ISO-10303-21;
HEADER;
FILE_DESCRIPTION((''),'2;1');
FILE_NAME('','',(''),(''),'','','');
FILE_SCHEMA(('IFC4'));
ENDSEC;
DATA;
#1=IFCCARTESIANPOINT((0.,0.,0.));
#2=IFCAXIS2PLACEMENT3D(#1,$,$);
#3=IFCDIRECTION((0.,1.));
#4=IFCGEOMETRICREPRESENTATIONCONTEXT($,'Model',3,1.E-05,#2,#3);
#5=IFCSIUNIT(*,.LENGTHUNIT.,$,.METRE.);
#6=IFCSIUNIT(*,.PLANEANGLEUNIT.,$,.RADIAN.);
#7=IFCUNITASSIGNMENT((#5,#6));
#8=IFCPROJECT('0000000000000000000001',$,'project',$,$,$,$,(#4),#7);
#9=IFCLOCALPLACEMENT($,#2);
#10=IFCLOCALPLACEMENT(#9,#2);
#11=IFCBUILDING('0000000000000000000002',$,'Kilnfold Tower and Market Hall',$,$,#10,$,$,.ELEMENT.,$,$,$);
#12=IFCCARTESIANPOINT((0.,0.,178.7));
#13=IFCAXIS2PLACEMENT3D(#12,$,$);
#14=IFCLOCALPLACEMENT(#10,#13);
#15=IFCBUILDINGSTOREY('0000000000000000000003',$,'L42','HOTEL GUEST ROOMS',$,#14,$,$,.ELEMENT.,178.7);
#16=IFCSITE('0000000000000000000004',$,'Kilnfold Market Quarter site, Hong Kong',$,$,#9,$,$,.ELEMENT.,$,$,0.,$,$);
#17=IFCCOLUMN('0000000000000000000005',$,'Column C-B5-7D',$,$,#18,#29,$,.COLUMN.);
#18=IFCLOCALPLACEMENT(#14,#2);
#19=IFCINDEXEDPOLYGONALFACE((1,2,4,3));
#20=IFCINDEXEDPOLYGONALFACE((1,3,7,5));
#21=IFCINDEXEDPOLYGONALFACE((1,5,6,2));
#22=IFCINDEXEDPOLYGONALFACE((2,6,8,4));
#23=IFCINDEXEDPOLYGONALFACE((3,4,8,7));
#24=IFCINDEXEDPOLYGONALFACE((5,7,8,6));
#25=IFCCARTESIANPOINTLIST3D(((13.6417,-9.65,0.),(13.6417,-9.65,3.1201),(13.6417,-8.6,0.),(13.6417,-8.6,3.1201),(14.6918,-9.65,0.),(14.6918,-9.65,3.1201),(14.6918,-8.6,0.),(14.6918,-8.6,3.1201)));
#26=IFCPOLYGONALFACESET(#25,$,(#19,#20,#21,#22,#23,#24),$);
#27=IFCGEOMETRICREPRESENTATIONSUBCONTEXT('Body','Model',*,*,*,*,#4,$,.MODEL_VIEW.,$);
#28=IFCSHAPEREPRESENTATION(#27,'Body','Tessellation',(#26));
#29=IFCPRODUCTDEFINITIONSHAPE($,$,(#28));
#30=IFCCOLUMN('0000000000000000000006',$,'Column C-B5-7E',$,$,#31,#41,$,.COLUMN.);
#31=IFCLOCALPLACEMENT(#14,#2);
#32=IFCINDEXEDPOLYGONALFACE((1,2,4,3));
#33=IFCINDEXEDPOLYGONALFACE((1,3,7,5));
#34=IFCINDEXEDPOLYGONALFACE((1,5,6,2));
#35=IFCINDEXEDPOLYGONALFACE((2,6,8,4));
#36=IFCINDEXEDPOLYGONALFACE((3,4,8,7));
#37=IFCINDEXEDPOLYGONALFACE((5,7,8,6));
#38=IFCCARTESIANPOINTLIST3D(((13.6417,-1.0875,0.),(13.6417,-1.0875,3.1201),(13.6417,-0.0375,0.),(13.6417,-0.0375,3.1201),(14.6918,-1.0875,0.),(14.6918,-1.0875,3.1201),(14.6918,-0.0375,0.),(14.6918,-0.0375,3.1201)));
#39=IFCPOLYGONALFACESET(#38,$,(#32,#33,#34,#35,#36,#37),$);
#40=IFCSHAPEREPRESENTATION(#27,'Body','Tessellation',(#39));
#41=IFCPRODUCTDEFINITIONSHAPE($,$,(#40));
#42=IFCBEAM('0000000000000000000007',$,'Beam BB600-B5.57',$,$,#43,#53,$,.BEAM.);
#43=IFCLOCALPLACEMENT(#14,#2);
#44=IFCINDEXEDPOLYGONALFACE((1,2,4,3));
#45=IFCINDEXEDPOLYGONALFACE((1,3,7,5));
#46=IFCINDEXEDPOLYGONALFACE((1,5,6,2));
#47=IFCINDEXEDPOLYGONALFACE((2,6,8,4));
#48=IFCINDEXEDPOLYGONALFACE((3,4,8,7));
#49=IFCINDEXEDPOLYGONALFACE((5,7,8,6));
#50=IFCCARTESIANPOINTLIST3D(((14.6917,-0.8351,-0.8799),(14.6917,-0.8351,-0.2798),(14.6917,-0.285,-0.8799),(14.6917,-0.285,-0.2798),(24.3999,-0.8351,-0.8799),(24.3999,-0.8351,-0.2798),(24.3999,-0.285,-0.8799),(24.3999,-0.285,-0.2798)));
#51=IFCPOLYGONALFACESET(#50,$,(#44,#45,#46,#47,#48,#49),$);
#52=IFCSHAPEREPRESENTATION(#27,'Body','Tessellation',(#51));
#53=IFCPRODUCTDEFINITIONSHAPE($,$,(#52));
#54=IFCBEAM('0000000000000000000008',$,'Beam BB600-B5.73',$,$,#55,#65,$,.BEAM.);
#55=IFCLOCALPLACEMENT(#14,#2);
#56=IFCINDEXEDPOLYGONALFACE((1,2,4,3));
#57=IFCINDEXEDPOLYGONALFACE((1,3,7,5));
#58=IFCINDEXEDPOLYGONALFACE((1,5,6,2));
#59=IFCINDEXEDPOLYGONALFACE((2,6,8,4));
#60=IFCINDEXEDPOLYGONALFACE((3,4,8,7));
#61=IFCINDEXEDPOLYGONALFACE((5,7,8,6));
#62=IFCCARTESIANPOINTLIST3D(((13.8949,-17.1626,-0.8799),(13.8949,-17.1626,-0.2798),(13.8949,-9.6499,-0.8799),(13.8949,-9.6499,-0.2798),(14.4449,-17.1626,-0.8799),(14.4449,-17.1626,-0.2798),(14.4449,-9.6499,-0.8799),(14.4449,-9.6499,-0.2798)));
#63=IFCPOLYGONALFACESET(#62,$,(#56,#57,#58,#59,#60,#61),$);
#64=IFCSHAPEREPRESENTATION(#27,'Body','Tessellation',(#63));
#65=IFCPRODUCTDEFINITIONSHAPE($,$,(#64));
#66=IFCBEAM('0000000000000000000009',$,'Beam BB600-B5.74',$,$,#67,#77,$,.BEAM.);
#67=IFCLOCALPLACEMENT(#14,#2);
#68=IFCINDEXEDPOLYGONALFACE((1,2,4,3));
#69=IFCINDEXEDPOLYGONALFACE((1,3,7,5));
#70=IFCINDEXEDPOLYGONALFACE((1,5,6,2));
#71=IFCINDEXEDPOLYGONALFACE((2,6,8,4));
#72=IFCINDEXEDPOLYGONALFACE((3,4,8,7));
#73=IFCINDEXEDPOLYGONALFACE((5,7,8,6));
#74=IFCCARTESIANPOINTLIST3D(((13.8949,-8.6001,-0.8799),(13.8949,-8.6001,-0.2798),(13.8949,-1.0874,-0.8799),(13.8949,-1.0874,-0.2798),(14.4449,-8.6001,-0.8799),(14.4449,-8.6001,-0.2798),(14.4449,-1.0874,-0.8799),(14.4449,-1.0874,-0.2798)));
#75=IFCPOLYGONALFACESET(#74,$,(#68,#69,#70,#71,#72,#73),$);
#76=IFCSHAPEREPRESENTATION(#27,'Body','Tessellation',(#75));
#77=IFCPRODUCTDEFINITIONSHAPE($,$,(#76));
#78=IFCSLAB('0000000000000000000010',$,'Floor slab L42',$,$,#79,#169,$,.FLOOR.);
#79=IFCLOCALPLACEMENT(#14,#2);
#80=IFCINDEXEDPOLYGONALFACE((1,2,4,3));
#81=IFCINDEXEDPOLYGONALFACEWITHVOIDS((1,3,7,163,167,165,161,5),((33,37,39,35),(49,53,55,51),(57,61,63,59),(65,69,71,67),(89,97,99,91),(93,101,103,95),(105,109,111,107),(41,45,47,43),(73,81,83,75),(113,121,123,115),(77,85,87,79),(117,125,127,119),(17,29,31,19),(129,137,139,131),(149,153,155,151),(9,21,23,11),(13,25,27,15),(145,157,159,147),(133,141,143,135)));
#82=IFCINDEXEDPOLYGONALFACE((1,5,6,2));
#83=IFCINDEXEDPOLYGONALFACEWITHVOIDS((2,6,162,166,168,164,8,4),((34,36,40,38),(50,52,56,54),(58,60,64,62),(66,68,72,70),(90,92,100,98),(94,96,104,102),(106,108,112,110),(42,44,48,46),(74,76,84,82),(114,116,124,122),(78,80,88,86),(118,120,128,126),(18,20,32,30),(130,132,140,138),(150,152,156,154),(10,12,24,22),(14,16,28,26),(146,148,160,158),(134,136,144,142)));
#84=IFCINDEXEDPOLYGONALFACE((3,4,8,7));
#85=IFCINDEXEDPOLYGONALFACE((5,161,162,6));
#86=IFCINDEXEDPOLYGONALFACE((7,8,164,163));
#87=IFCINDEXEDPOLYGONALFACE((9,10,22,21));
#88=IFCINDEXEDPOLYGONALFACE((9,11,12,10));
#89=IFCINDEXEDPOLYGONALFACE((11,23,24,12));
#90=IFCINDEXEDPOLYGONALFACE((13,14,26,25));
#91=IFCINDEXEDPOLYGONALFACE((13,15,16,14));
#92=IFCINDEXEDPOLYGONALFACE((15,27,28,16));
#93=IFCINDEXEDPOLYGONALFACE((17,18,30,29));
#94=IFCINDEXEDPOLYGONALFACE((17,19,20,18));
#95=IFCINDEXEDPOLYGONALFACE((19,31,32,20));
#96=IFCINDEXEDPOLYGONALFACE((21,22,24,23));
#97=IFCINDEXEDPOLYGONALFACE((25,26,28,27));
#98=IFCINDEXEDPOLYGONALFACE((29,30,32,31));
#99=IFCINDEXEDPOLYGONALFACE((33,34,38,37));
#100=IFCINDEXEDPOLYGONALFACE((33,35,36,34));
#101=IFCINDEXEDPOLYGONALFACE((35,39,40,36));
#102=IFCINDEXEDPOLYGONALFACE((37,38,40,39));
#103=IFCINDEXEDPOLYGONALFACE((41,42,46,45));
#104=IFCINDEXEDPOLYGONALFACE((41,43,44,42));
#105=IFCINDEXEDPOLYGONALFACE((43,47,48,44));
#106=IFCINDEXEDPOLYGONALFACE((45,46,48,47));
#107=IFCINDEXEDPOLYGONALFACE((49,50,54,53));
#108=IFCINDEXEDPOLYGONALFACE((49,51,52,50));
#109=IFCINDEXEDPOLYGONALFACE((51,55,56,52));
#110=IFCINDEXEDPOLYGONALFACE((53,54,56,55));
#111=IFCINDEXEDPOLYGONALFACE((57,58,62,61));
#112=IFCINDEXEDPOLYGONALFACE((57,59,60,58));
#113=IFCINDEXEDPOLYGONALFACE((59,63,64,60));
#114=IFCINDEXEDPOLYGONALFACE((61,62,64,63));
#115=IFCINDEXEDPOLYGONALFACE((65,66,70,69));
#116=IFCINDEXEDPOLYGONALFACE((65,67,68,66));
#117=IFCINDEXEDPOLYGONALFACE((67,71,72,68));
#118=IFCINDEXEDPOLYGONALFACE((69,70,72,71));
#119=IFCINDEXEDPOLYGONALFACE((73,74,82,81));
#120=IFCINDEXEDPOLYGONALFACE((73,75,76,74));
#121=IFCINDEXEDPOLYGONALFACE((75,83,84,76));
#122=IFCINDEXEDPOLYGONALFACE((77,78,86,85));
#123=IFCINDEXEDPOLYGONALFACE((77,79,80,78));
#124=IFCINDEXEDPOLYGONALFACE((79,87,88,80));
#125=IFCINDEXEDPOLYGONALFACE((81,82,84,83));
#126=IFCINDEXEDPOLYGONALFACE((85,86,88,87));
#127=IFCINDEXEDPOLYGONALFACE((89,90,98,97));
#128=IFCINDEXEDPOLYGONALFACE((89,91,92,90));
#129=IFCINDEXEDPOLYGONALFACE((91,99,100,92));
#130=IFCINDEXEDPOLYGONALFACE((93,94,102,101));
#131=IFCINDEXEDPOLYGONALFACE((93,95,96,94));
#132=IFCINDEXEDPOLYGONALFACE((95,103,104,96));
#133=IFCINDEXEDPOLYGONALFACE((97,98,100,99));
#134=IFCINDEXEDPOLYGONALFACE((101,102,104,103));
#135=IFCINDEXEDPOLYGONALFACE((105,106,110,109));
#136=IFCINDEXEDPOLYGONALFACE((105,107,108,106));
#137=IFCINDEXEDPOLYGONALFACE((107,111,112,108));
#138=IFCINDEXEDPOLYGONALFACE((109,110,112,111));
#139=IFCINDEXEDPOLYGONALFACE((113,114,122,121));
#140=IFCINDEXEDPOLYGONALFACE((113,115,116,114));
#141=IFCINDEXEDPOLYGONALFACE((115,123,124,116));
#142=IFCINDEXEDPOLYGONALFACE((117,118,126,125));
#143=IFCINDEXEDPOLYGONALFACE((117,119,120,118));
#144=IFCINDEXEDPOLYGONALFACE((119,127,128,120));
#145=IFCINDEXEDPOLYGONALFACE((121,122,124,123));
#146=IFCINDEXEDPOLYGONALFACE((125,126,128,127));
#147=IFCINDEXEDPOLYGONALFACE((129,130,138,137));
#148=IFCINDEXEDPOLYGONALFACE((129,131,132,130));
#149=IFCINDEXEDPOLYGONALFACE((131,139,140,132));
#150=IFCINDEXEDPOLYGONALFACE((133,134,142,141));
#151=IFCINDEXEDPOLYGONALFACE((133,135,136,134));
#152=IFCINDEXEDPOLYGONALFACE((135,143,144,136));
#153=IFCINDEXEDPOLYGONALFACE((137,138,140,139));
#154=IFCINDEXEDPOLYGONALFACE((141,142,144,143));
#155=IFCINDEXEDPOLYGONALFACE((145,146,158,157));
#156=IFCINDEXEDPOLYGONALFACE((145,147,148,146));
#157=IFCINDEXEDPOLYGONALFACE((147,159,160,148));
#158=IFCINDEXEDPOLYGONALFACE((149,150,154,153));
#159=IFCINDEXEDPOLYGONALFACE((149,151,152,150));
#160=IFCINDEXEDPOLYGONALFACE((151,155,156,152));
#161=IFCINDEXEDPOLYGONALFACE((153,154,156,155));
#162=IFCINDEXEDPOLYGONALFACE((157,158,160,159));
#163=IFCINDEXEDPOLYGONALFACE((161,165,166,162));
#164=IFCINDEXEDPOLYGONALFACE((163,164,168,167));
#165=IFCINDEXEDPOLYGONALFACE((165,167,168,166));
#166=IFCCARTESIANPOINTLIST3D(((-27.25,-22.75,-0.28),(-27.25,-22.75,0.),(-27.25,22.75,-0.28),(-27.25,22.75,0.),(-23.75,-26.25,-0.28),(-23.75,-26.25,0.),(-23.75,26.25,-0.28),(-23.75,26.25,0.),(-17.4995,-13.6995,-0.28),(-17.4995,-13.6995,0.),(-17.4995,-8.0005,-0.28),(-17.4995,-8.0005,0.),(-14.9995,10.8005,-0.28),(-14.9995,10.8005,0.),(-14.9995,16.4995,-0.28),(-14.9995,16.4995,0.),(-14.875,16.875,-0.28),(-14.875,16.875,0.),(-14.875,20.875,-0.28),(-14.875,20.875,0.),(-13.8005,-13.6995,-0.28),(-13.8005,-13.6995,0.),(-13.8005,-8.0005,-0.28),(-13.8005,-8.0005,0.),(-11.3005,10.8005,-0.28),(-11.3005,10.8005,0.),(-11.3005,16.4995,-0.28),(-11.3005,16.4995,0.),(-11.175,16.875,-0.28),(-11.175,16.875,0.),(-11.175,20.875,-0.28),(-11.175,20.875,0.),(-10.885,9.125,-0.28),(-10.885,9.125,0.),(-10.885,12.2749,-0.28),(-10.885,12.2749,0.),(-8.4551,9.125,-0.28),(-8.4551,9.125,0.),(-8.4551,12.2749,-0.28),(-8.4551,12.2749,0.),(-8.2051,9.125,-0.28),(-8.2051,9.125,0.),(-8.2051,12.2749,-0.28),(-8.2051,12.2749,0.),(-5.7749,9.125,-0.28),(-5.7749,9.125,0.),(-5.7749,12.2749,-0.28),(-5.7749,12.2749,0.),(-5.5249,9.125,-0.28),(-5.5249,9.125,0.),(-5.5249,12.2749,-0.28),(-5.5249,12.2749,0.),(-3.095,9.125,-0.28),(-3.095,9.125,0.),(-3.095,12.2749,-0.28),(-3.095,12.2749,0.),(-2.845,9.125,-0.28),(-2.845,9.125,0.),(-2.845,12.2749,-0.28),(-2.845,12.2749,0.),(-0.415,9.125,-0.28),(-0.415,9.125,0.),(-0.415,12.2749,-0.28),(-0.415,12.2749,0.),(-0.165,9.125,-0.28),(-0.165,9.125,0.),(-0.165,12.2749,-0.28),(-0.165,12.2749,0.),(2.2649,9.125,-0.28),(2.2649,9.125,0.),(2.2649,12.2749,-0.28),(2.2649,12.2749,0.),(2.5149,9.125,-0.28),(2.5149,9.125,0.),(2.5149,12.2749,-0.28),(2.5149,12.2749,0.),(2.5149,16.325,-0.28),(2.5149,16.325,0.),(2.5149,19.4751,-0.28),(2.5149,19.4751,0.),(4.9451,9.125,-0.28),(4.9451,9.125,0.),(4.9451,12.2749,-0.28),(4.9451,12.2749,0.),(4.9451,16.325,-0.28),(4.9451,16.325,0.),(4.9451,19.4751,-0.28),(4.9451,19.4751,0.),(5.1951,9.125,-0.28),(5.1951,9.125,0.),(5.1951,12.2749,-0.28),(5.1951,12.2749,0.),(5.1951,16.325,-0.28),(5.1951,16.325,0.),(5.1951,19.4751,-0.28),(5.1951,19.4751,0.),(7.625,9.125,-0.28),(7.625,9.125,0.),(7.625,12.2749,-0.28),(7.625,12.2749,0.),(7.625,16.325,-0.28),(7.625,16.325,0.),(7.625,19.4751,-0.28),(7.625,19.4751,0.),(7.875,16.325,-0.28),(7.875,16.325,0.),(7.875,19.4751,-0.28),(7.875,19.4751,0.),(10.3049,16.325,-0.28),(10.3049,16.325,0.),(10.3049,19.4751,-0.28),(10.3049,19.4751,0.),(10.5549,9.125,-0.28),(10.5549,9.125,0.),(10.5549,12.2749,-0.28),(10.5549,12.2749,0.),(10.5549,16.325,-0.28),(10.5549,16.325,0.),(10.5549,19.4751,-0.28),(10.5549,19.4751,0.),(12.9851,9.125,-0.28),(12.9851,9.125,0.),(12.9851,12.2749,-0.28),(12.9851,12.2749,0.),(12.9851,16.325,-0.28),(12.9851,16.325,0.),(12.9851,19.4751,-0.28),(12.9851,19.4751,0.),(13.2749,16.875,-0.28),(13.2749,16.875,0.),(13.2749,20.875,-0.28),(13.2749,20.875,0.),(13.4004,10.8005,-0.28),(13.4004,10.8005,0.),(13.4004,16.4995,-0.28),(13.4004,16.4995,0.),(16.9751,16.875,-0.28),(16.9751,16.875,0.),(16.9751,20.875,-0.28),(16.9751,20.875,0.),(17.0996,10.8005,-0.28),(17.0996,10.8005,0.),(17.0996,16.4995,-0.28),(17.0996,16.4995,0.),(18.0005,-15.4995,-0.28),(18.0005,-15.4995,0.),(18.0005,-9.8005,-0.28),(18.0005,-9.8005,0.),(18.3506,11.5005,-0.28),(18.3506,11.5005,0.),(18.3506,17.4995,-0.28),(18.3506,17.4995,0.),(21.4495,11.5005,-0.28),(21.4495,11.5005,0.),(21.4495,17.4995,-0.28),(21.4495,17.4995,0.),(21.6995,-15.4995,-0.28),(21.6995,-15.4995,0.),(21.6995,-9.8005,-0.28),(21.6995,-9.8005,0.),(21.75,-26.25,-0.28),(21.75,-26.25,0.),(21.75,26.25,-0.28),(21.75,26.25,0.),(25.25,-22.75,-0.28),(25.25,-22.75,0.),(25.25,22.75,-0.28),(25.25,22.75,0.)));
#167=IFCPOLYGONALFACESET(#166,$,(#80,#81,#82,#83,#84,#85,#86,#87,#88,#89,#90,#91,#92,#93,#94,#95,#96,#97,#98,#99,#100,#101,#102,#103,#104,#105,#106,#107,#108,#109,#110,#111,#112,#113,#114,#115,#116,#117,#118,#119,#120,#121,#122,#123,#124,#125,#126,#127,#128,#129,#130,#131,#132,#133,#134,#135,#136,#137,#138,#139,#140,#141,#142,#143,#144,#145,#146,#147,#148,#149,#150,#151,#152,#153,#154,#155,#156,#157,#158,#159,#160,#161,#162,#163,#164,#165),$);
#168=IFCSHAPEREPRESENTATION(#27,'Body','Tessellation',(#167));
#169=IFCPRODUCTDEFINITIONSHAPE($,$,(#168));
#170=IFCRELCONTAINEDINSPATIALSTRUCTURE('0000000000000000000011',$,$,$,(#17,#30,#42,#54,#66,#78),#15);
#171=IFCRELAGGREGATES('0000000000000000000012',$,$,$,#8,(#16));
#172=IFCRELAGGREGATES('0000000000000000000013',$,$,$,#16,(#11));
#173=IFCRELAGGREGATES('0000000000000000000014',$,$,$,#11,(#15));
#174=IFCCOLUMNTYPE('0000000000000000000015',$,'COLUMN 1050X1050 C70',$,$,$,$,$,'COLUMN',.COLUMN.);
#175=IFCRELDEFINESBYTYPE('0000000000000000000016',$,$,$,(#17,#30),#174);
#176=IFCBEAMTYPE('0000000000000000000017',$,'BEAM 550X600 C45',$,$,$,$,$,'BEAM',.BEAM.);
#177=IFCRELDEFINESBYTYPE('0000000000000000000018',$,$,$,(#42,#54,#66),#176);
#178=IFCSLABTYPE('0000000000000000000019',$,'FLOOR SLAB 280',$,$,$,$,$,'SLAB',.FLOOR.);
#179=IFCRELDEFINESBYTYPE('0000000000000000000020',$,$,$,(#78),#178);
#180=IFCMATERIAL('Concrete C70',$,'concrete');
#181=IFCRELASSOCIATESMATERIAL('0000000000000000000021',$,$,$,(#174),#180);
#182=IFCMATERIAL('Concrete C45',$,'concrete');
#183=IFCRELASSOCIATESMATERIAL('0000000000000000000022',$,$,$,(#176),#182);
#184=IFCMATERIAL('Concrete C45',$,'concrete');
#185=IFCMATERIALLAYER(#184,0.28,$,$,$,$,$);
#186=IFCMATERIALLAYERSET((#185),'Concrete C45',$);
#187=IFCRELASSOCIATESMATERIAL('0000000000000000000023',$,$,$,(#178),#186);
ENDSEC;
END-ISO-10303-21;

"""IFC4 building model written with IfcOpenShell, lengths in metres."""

from ifc_helpers import new_model, si_unit, direction, frame, origin, origin_2d, place, context, subcontext, project, spatial, polyline, rectangle, outline, extrude, source, transform, mapped, material, layer, layer_set, material_profile, profile_set, type_object, element, save


model = new_model("IFC4")

# Units and contexts
model_context = context("Model", 3, precision=1e-05, world=origin(), true_north=direction((0.0, 1.0)))
body_context = subcontext(model_context, "Body", "Model", "MODEL_VIEW")
ifc_project = project(units=[si_unit("LENGTHUNIT", "METRE"), si_unit("PLANEANGLEUNIT", "RADIAN")], contexts=[model_context])

# Site, building, storey
site_placement = place(None, origin())
site = spatial("IfcSite", under=ifc_project, at=site_placement, Name="Kilnfold Market Quarter site, Hong Kong", CompositionType="ELEMENT", RefElevation=0.0)
building_placement = place(site_placement, origin())
building = spatial("IfcBuilding", under=site, at=building_placement, Name="Kilnfold Tower and Market Hall", CompositionType="ELEMENT")
storey_placement = place(building_placement, frame((0.0, 0.0, 178.7)))
storey = spatial("IfcBuildingStorey", under=building, at=storey_placement, Name="L42", Description="HOTEL GUEST ROOMS", CompositionType="ELEMENT", Elevation=178.7)

# Columns
ifc_material_1 = material(Name="Concrete C70", Category="concrete")
ifc_material_profile_1 = material_profile(ifc_material_1, rectangle(XDim=1.05, YDim=1.05, at=origin_2d()), Name="RC 1050x1050")
ifc_profile_set_1 = profile_set([ifc_material_profile_1], Name="Concrete C70")
column_type = type_object("IfcColumnType", Name="COLUMN 1050X1050 C70", ElementType="COLUMN", PredefinedType="COLUMN", material=ifc_profile_set_1)
shared_shape_1 = source(origin(), body_context, "Body", "SweptSolid", [
    extrude(rectangle(XDim=1.05, YDim=1.05, at=origin_2d()), origin(), (0.0, 0.0, 1.0), 3.1201),
])
for number, where, z_axis, x_axis, name in (
    (1, (14.1667, -9.125, 0.0), (0.0, 0.0, 1.0), (1.0, 0.0, 0.0), "Column C-B5-7D"),
    (2, (14.1667, -0.5625, 0.0), (0.0, 0.0, 1.0), (1.0, 0.0, 0.0), "Column C-B5-7E"),
):
    element("IfcColumn", number, at=place(storey_placement, frame(where, z_axis=z_axis, x_axis=x_axis)), inside=storey, type_object=column_type, Name=name, PredefinedType="COLUMN", context=body_context, shape_type="MappedRepresentation", body=[
        mapped(shared_shape_1, transform((0.0, 0.0, 0.0))),
    ])

# Beams
ifc_material_2 = material(Name="Concrete C45", Category="concrete")
ifc_material_profile_2 = material_profile(ifc_material_2, rectangle(XDim=0.55, YDim=0.6001, at=origin_2d()), Name="RC 550x600")
ifc_profile_set_2 = profile_set([ifc_material_profile_2], Name="Concrete C45")
beam_type = type_object("IfcBeamType", Name="BEAM 550X600 C45", ElementType="BEAM", PredefinedType="BEAM", material=ifc_profile_set_2)
shared_shape_2 = source(origin(), body_context, "Body", "SweptSolid", [
    extrude(rectangle(XDim=0.55, YDim=0.6001, at=origin_2d()), origin(), (0.0, 0.0, 1.0), 9.7083),
])
beam_placement = place(storey_placement, frame((14.6917, -0.5601, -0.5798), z_axis=(1.0, 0.0, 0.0), x_axis=(0.0, 1.0, 0.0)))
element("IfcBeam", 3, at=beam_placement, inside=storey, type_object=beam_type, Name="Beam BB600-B5.57", PredefinedType="BEAM", context=body_context, shape_type="MappedRepresentation", body=[
    mapped(shared_shape_2, transform((0.0, 0.0, 0.0))),
])
shared_shape_3 = source(origin(), body_context, "Body", "SweptSolid", [
    extrude(rectangle(XDim=0.55, YDim=0.6001, at=origin_2d()), origin(), (0.0, 0.0, 1.0), 7.5127),
])
for number, where, z_axis, x_axis, name in (
    (4, (14.1699, -17.1626, -0.5798), (0.0, 1.0, 0.0), (-1.0, 0.0, 0.0), "Beam BB600-B5.73"),
    (5, (14.1699, -8.6001, -0.5798), (0.0, 1.0, 0.0), (-1.0, 0.0, 0.0), "Beam BB600-B5.74"),
):
    element("IfcBeam", number, at=place(storey_placement, frame(where, z_axis=z_axis, x_axis=x_axis)), inside=storey, type_object=beam_type, Name=name, PredefinedType="BEAM", context=body_context, shape_type="MappedRepresentation", body=[
        mapped(shared_shape_3, transform((0.0, 0.0, 0.0))),
    ])

# Slab
ifc_material_3 = material(Name="Concrete C45", Category="concrete")
ifc_layer_1 = layer(ifc_material_3, 0.28)
ifc_layer_set_1 = layer_set([ifc_layer_1], Name="Concrete C45")
slab_type_1 = type_object("IfcSlabType", Name="FLOOR SLAB 280", ElementType="SLAB", PredefinedType="FLOOR", material=ifc_layer_set_1)
shared_shape_4 = source(origin(), body_context, "Body", "SweptSolid", [
    extrude(outline(polyline([(-23.75, -26.25), (21.75, -26.25), (25.25, -22.75), (25.25, 22.75), (21.75, 26.25), (-23.75, 26.25), (-27.25, 22.75), (-27.25, -22.75), (-23.75, -26.25)]), holes=[polyline([(-13.8005, -13.6995), (-17.4995, -13.6995), (-17.4995, -8.0005), (-13.8005, -8.0005), (-13.8005, -13.6995)]), polyline([(-14.9995, 10.8005), (-14.9995, 16.4995), (-11.3005, 16.4995), (-11.3005, 10.8005), (-14.9995, 10.8005)]), polyline([(-11.175, 16.875), (-14.875, 16.875), (-14.875, 20.875), (-11.175, 20.875), (-11.175, 16.875)]), polyline([(-8.4551, 9.125), (-10.885, 9.125), (-10.885, 12.2749), (-8.4551, 12.2749), (-8.4551, 9.125)]), polyline([(-5.7749, 9.125), (-8.2051, 9.125), (-8.2051, 12.2749), (-5.7749, 12.2749), (-5.7749, 9.125)]), polyline([(-3.095, 9.125), (-5.5249, 9.125), (-5.5249, 12.2749), (-3.095, 12.2749), (-3.095, 9.125)]), polyline([(-0.415, 9.125), (-2.845, 9.125), (-2.845, 12.2749), (-0.415, 12.2749), (-0.415, 9.125)]), polyline([(2.2649, 9.125), (-0.165, 9.125), (-0.165, 12.2749), (2.2649, 12.2749), (2.2649, 9.125)]), polyline([(4.9451, 9.125), (2.5149, 9.125), (2.5149, 12.2749), (4.9451, 12.2749), (4.9451, 9.125)]), polyline([(2.5149, 16.325), (2.5149, 19.4751), (4.9451, 19.4751), (4.9451, 16.325), (2.5149, 16.325)]), polyline([(7.625, 9.125), (5.1951, 9.125), (5.1951, 12.2749), (7.625, 12.2749), (7.625, 9.125)]), polyline([(7.625, 16.325), (5.1951, 16.325), (5.1951, 19.4751), (7.625, 19.4751), (7.625, 16.325)]), polyline([(10.3049, 16.325), (7.875, 16.325), (7.875, 19.4751), (10.3049, 19.4751), (10.3049, 16.325)]), polyline([(10.5549, 9.125), (10.5549, 12.2749), (12.9851, 12.2749), (12.9851, 9.125), (10.5549, 9.125)]), polyline([(10.5549, 16.325), (10.5549, 19.4751), (12.9851, 19.4751), (12.9851, 16.325), (10.5549, 16.325)]), polyline([(13.2749, 16.875), (13.2749, 20.875), (16.9751, 20.875), (16.9751, 16.875), (13.2749, 16.875)]), polyline([(13.4004, 10.8005), (13.4004, 16.4995), (17.0996, 16.4995), (17.0996, 10.8005), (13.4004, 10.8005)]), polyline([(18.0005, -9.8005), (21.6995, -9.8005), (21.6995, -15.4995), (18.0005, -15.4995), (18.0005, -9.8005)]), polyline([(21.4495, 11.5005), (18.3506, 11.5005), (18.3506, 17.4995), (21.4495, 17.4995), (21.4495, 11.5005)])]), origin(), (0.0, 0.0, 1.0), 0.28),
])
slab_1_placement = place(storey_placement, frame((0.0, 0.0, -0.28)))
element("IfcSlab", 6, at=slab_1_placement, inside=storey, type_object=slab_type_1, Name="Floor slab L42", PredefinedType="FLOOR", context=body_context, shape_type="MappedRepresentation", body=[
    mapped(shared_shape_4, transform((0.0, 0.0, 0.0))),
])

save(model, "model.ifc")
